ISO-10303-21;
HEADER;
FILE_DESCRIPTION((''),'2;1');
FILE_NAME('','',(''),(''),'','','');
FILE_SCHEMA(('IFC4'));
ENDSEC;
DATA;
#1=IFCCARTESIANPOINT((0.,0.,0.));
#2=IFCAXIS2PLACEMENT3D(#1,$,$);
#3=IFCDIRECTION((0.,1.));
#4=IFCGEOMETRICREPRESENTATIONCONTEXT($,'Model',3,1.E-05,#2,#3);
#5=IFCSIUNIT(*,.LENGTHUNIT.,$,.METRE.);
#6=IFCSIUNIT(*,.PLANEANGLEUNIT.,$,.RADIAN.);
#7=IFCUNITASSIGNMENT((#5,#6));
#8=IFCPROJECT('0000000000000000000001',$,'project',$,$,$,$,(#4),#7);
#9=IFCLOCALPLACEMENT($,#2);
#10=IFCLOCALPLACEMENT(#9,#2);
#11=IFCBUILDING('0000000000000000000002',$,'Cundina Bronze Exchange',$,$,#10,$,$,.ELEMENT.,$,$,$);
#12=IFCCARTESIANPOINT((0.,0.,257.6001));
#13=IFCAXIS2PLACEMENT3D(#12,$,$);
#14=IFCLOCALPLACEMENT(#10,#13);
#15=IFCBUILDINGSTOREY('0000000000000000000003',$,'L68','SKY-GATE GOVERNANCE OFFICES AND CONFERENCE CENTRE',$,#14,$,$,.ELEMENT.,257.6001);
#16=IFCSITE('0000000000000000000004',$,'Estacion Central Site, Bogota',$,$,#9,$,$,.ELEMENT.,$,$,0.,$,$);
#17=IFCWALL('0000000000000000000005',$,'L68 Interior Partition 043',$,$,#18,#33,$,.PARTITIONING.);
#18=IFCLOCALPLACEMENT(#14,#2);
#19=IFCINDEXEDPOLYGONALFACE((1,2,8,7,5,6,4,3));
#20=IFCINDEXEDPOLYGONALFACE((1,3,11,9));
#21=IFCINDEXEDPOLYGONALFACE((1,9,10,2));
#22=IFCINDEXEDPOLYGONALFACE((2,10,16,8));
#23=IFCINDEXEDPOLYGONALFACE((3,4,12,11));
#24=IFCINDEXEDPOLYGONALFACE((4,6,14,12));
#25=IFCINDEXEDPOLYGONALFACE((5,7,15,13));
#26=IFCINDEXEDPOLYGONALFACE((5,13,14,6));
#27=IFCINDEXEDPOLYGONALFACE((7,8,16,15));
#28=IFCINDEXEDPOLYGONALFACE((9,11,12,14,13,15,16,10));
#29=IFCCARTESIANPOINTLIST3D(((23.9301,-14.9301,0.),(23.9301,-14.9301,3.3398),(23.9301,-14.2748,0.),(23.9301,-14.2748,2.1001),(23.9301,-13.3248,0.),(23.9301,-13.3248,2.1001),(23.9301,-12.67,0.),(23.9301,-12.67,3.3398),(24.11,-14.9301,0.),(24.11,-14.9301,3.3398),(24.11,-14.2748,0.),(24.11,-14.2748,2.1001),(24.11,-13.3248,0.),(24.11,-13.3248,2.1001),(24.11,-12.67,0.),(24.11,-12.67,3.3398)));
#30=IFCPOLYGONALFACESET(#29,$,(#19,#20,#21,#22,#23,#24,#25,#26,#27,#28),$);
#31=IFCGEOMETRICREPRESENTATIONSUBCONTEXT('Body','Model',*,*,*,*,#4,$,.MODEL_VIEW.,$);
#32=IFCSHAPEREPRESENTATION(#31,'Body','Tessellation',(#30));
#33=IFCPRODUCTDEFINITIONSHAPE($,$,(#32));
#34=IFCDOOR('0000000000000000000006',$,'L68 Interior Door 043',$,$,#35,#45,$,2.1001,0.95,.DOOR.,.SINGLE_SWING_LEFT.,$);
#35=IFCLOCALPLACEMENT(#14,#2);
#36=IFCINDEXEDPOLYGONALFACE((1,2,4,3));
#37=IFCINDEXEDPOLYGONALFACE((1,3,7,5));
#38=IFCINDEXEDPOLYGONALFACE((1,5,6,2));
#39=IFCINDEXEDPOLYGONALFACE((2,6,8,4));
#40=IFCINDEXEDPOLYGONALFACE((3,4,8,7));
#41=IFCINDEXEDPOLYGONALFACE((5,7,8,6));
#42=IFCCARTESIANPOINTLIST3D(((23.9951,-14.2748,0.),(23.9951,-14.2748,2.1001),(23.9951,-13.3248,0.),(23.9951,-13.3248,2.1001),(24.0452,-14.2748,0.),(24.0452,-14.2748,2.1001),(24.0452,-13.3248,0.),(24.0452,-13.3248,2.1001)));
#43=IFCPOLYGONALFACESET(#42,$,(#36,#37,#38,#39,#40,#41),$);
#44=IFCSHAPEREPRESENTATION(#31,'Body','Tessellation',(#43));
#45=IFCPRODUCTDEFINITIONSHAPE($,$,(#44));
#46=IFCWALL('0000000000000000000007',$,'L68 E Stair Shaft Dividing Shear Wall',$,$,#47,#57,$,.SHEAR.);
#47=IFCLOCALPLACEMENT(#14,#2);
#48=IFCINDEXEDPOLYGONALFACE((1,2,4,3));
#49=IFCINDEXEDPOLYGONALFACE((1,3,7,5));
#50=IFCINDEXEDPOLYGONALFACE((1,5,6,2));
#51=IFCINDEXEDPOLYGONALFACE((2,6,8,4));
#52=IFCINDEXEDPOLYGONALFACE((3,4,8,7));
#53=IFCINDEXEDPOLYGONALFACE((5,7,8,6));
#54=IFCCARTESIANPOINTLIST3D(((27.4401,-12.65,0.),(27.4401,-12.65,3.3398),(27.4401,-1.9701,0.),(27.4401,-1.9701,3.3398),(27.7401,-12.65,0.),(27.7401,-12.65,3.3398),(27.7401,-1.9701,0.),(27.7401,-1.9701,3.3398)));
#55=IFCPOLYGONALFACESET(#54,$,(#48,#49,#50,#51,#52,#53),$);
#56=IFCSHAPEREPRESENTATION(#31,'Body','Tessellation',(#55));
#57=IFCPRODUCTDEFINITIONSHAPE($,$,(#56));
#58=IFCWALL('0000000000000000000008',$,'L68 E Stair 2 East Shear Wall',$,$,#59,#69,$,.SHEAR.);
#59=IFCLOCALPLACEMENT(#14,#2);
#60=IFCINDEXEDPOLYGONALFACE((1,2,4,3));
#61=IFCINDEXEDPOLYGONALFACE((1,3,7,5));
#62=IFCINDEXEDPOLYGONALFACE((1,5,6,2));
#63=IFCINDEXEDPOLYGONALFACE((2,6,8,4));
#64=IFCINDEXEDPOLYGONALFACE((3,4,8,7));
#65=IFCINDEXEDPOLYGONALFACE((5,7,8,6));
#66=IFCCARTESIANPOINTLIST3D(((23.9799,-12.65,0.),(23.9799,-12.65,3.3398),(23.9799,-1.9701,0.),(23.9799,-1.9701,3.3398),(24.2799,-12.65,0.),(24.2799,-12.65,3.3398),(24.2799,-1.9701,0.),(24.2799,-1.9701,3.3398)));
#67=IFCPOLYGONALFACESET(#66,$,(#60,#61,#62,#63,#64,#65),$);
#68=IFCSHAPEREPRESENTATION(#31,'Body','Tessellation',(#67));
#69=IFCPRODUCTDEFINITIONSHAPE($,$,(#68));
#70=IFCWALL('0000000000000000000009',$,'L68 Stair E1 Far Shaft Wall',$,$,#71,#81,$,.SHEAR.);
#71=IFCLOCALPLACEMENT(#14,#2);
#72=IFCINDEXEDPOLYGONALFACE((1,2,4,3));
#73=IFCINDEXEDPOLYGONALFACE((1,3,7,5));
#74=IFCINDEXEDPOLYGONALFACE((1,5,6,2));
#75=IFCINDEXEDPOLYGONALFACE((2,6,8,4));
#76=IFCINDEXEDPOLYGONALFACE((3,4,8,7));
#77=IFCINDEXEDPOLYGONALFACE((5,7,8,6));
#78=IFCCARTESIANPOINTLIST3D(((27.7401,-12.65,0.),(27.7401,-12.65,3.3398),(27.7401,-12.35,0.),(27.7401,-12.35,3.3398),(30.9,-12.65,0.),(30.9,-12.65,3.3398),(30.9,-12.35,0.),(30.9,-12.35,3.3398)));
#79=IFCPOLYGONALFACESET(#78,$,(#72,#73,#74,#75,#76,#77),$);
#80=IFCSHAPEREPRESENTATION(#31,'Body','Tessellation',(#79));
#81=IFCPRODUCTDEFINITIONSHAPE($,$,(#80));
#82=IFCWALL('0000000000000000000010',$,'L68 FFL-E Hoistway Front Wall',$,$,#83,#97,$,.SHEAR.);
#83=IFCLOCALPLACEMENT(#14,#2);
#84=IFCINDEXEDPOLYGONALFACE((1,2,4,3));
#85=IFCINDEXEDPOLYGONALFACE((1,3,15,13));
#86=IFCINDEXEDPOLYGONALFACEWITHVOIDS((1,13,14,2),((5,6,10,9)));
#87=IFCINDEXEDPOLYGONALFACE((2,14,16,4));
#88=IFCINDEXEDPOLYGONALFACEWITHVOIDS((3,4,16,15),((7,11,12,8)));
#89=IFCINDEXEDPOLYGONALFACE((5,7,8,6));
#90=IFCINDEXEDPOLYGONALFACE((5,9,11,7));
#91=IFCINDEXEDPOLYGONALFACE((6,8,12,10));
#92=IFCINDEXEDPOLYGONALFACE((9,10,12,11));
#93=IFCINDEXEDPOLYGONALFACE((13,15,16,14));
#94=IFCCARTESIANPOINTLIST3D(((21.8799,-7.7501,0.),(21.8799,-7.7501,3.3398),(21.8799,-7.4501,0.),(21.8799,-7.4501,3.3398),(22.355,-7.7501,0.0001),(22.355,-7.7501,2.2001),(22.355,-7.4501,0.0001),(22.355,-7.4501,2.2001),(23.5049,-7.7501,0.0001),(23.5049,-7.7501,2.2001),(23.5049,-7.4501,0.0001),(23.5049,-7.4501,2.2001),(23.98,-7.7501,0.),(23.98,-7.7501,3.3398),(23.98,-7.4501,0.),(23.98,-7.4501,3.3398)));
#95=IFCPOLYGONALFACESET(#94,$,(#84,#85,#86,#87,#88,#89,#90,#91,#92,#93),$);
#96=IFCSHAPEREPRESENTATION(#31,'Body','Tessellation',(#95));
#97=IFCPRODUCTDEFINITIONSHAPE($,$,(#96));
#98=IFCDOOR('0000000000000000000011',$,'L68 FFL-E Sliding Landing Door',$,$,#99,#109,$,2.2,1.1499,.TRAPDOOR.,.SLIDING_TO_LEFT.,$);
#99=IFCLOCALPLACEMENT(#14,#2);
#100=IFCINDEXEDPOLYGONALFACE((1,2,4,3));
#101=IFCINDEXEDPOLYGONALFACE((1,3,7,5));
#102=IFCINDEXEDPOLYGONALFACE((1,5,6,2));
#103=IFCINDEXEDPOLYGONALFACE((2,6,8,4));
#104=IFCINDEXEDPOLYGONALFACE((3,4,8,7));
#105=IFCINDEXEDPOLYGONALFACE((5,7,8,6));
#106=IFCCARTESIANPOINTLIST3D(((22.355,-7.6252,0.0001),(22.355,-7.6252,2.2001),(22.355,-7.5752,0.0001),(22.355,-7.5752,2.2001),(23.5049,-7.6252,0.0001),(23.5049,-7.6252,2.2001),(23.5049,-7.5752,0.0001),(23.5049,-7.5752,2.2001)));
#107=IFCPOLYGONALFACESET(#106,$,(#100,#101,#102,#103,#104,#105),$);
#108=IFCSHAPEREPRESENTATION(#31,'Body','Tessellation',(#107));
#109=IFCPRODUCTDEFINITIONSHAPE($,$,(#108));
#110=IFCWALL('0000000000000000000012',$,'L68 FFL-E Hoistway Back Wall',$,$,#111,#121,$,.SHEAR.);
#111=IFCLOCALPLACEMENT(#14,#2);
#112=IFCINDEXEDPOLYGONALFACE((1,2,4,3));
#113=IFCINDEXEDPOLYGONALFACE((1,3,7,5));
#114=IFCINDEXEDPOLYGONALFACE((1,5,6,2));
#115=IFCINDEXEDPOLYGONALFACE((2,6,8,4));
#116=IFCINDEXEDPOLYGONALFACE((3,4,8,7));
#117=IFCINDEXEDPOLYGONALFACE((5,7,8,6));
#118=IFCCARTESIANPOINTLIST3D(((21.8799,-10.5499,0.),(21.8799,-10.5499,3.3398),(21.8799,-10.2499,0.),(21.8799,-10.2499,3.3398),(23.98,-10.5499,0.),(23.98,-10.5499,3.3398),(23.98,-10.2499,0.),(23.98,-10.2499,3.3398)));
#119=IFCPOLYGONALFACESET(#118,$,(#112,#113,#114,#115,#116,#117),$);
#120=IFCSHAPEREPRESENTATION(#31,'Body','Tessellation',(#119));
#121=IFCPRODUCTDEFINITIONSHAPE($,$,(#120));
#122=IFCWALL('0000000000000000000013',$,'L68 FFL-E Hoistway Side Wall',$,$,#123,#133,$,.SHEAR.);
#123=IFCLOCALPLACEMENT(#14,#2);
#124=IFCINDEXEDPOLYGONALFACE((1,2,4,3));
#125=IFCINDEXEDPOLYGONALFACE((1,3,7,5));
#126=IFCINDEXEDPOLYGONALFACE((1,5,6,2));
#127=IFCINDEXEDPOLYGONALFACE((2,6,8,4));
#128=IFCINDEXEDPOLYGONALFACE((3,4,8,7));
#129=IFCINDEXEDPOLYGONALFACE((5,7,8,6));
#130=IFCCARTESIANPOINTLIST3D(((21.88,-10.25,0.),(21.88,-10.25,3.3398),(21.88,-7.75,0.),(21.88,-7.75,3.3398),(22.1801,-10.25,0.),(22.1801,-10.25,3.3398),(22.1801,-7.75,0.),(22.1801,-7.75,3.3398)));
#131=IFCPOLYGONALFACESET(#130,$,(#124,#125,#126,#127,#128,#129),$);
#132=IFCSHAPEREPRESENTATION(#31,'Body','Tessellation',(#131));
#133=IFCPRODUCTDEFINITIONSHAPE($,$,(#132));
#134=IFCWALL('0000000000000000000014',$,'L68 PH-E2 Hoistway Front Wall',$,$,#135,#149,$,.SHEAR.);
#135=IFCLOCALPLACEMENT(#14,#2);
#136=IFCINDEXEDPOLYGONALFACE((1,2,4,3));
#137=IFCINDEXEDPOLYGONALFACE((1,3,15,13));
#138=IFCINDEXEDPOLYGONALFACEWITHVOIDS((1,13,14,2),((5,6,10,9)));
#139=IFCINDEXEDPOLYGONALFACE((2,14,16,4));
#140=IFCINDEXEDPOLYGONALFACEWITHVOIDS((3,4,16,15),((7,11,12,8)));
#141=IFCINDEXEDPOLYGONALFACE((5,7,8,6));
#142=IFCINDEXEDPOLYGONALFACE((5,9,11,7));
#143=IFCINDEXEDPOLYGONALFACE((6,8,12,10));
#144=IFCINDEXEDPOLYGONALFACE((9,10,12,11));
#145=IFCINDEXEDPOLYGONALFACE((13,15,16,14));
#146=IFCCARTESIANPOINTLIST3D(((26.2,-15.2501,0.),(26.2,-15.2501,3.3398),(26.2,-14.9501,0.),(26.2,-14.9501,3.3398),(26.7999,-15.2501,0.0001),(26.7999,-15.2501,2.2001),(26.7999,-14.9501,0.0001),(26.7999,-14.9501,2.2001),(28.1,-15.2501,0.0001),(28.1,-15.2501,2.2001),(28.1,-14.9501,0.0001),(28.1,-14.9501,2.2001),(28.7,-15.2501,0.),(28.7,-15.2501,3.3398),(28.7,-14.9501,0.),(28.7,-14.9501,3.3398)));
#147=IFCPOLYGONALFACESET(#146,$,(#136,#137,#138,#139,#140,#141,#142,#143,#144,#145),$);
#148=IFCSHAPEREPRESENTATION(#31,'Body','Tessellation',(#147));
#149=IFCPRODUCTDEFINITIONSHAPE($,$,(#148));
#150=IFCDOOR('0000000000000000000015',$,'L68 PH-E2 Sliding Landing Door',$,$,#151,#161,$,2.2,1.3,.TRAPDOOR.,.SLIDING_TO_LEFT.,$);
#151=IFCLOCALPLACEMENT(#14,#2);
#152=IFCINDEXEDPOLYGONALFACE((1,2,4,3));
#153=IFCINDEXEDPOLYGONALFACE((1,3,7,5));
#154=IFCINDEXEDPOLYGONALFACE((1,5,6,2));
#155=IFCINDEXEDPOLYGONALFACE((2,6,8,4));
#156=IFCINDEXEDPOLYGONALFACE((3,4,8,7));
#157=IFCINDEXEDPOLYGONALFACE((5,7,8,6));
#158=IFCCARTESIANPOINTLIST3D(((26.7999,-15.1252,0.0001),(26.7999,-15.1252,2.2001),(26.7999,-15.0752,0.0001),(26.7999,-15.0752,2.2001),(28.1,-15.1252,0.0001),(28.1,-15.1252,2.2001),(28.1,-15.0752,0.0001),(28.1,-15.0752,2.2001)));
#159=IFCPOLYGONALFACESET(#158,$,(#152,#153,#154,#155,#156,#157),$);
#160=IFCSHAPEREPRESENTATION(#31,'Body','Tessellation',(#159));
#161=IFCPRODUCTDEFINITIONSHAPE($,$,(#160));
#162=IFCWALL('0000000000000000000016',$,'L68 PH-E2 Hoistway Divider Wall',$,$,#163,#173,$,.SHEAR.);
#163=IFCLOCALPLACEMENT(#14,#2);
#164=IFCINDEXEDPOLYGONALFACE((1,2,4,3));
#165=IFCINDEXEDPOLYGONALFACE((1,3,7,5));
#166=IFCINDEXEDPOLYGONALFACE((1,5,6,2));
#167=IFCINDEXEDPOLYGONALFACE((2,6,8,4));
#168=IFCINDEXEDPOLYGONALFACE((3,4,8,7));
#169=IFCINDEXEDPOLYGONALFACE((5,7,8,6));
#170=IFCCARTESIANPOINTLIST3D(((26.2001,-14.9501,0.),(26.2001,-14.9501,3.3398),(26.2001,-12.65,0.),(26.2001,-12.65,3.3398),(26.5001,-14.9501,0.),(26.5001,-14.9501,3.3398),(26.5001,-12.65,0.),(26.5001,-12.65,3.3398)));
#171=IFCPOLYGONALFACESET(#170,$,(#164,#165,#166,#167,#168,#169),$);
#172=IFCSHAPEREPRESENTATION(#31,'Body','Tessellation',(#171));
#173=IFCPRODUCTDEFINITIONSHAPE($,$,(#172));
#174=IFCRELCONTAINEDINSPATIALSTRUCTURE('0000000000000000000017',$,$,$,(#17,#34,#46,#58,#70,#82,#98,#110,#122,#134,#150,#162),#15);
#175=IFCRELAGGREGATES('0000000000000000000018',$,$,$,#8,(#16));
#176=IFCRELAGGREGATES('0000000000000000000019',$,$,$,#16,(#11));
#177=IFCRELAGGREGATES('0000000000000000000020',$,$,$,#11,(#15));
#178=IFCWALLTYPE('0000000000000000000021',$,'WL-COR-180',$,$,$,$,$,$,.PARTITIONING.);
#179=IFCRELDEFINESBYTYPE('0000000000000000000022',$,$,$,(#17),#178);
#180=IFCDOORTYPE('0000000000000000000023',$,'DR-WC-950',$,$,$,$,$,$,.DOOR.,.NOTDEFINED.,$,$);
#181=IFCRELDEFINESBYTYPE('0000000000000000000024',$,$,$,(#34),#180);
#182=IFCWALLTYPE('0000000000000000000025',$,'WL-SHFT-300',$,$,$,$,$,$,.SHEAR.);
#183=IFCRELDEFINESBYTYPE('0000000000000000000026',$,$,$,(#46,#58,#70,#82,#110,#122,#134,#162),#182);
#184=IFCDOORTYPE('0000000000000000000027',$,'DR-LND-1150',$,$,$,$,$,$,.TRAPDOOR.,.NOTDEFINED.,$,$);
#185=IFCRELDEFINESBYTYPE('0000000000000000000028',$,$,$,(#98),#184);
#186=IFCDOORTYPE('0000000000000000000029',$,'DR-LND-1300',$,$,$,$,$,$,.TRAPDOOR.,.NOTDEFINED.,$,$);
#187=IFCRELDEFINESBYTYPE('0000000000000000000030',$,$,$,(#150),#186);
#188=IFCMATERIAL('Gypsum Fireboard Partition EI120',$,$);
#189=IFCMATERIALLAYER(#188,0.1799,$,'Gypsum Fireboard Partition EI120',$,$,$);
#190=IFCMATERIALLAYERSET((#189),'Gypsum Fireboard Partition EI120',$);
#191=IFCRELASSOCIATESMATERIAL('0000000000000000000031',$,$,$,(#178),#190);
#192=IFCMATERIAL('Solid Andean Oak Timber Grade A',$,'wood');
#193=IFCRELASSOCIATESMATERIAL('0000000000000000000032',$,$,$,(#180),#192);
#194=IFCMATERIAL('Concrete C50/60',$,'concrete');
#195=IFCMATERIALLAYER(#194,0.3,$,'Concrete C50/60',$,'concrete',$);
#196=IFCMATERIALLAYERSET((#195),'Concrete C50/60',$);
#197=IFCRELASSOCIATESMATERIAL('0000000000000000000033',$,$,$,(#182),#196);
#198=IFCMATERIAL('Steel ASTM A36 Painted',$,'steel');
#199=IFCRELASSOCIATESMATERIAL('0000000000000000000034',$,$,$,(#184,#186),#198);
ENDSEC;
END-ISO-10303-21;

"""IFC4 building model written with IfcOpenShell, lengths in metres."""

from ifc_helpers import new_model, si_unit, direction, frame, frame_2d, origin, place, context, subcontext, project, spatial, rectangle, extrude, material, layer, layer_set, type_object, element, fill, save


model = new_model("IFC4")

# Units and contexts
model_context = context("Model", 3, precision=1e-05, world=origin(), true_north=direction((0.0, 1.0)))
body_context = subcontext(model_context, "Body", "Model", "MODEL_VIEW")
ifc_project = project(units=[si_unit("LENGTHUNIT", "METRE"), si_unit("PLANEANGLEUNIT", "RADIAN")], contexts=[model_context])

# Site, building, storey
site_placement = place(None, origin())
site = spatial("IfcSite", under=ifc_project, at=site_placement, Name="Estacion Central Site, Bogota", CompositionType="ELEMENT", RefElevation=0.0)
building_placement = place(site_placement, origin())
building = spatial("IfcBuilding", under=site, at=building_placement, Name="Cundina Bronze Exchange", CompositionType="ELEMENT")
storey_placement = place(building_placement, frame((0.0, 0.0, 257.6001)))
storey = spatial("IfcBuildingStorey", under=building, at=storey_placement, Name="L68", Description="SKY-GATE GOVERNANCE OFFICES AND CONFERENCE CENTRE", CompositionType="ELEMENT", Elevation=257.6001)

# Shared definitions
ifc_material_1 = material(Name="Concrete C50/60", Category="concrete")

# Shared definitions
ifc_material_2 = material(Name="Gypsum Fireboard Partition EI120")
ifc_layer_1 = layer(ifc_material_2, 0.1799, Name="Gypsum Fireboard Partition EI120")
ifc_layer_set_1 = layer_set([ifc_layer_1], Name="Gypsum Fireboard Partition EI120")
wall_type_1 = type_object("IfcWallType", Name="WL-COR-180", PredefinedType="PARTITIONING", material=ifc_layer_set_1)

# Wall, opening, door
wall_1_placement = place(storey_placement, frame((24.02, -14.9299, 0.0), z_axis=(0.0, 0.0, 1.0), x_axis=(0.0, 1.0, 0.0)))
wall_1 = element("IfcWall", 1, at=wall_1_placement, inside=storey, type_object=wall_type_1, Name="L68 Interior Partition 043", PredefinedType="PARTITIONING", context=body_context, shape_type="SweptSolid", body=[
    extrude(rectangle(XDim=2.26, YDim=0.1799, at=frame_2d((1.1299, 0.0))), origin(), (0.0, 0.0, 1.0), 3.3398),
])
opening_1_placement = place(wall_1_placement, frame((0.655, 0.0, 0.0)))
opening_1 = element("IfcOpeningElement", 2, at=opening_1_placement, cuts=wall_1, PredefinedType="OPENING", context=body_context, shape_type="SweptSolid", body=[
    extrude(rectangle(XDim=0.95, YDim=2.1001, at=frame_2d((0.4751, 1.05))), frame((0.0, 0.0999, 0.0), z_axis=(0.0, -1.0, 0.0), x_axis=(1.0, 0.0, 0.0)), (0.0, 0.0, 1.0), 0.2),
])
ifc_material_3 = material(Name="Solid Andean Oak Timber Grade A", Category="wood")
door_type_1 = type_object("IfcDoorType", Name="DR-WC-950", OperationType="NOTDEFINED", PredefinedType="DOOR", material=ifc_material_3)
door_1_placement = place(opening_1_placement, origin())
door_1 = element("IfcDoor", 3, at=door_1_placement, inside=storey, type_object=door_type_1, Name="L68 Interior Door 043", OperationType="SINGLE_SWING_LEFT", OverallHeight=2.1001, OverallWidth=0.95, PredefinedType="DOOR", context=body_context, shape_type="SweptSolid", body=[
    extrude(rectangle(XDim=0.95, YDim=2.1001, at=frame_2d((0.4751, 1.05))), frame((0.0, 0.0249, 0.0), z_axis=(0.0, -1.0, 0.0), x_axis=(1.0, 0.0, 0.0)), (0.0, 0.0, 1.0), 0.05),
])
fill(opening_1, door_1)

# Walls
ifc_layer_2 = layer(ifc_material_1, 0.3, Name="Concrete C50/60", Category="concrete")
ifc_layer_set_2 = layer_set([ifc_layer_2], Name="Concrete C50/60")
wall_type_2 = type_object("IfcWallType", Name="WL-SHFT-300", PredefinedType="SHEAR", material=ifc_layer_set_2)
for number, where, z_axis, x_axis, name in (
    (4, (27.5901, -12.6499, 0.0), (0.0, 0.0, 1.0), (0.0, 1.0, 0.0), "L68 E Stair Shaft Dividing Shear Wall"),
    (5, (24.1299, -12.6499, 0.0), (0.0, 0.0, 1.0), (0.0, 1.0, 0.0), "L68 E Stair 2 East Shear Wall"),
):
    element("IfcWall", number, at=place(storey_placement, frame(where, z_axis=z_axis, x_axis=x_axis)), inside=storey, type_object=wall_type_2, Name=name, PredefinedType="SHEAR", context=body_context, shape_type="SweptSolid", body=[
        extrude(rectangle(XDim=10.6799, YDim=0.3, at=frame_2d((5.3398, 0.0))), origin(), (0.0, 0.0, 1.0), 3.3398),
    ])
wall_2_placement = place(storey_placement, frame((27.74, -12.5, 0.0), z_axis=(0.0, 0.0, 1.0), x_axis=(1.0, 0.0, 0.0)))
element("IfcWall", 6, at=wall_2_placement, inside=storey, type_object=wall_type_2, Name="L68 Stair E1 Far Shaft Wall", PredefinedType="SHEAR", context=body_context, shape_type="SweptSolid", body=[
    extrude(rectangle(XDim=3.1599, YDim=0.3, at=frame_2d((1.5801, 0.0))), origin(), (0.0, 0.0, 1.0), 3.3398),
])

# Wall, opening, door
ifc_material_4 = material(Name="Steel ASTM A36 Painted", Category="steel")
wall_3_placement = place(storey_placement, frame((21.8799, -7.6001, 0.0), z_axis=(0.0, 0.0, 1.0), x_axis=(1.0, 0.0, 0.0)))
wall_3 = element("IfcWall", 7, at=wall_3_placement, inside=storey, type_object=wall_type_2, Name="L68 FFL-E Hoistway Front Wall", PredefinedType="SHEAR", context=body_context, shape_type="SweptSolid", body=[
    extrude(rectangle(XDim=2.1001, YDim=0.3, at=frame_2d((1.05, 0.0))), origin(), (0.0, 0.0, 1.0), 3.3398),
])
opening_2_placement = place(wall_3_placement, frame((0.4751, 0.0, 0.0)))
opening_2 = element("IfcOpeningElement", 8, at=opening_2_placement, cuts=wall_3, PredefinedType="OPENING", context=body_context, shape_type="SweptSolid", body=[
    extrude(rectangle(XDim=1.1499, YDim=2.2, at=frame_2d((0.575, 1.1001))), frame((0.0, 0.1599, 0.0), z_axis=(0.0, -1.0, 0.0), x_axis=(1.0, 0.0, 0.0)), (0.0, 0.0, 1.0), 0.3201),
])
door_type_2 = type_object("IfcDoorType", Name="DR-LND-1150", OperationType="NOTDEFINED", PredefinedType="TRAPDOOR", material=ifc_material_4)
door_2_placement = place(opening_2_placement, origin())
door_2 = element("IfcDoor", 9, at=door_2_placement, inside=storey, type_object=door_type_2, Name="L68 FFL-E Sliding Landing Door", OperationType="SLIDING_TO_LEFT", OverallHeight=2.2, OverallWidth=1.1499, PredefinedType="TRAPDOOR", context=body_context, shape_type="SweptSolid", body=[
    extrude(rectangle(XDim=1.1499, YDim=2.2, at=frame_2d((0.575, 1.1001))), frame((0.0, 0.0249, 0.0), z_axis=(0.0, -1.0, 0.0), x_axis=(1.0, 0.0, 0.0)), (0.0, 0.0, 1.0), 0.05),
])
fill(opening_2, door_2)

# Walls
wall_4_placement = place(storey_placement, frame((21.8799, -10.3999, 0.0), z_axis=(0.0, 0.0, 1.0), x_axis=(1.0, 0.0, 0.0)))
element("IfcWall", 10, at=wall_4_placement, inside=storey, type_object=wall_type_2, Name="L68 FFL-E Hoistway Back Wall", PredefinedType="SHEAR", context=body_context, shape_type="SweptSolid", body=[
    extrude(rectangle(XDim=2.1001, YDim=0.3, at=frame_2d((1.05, 0.0))), origin(), (0.0, 0.0, 1.0), 3.3398),
])
wall_5_placement = place(storey_placement, frame((22.03, -10.25, 0.0), z_axis=(0.0, 0.0, 1.0), x_axis=(0.0, 1.0, 0.0)))
element("IfcWall", 11, at=wall_5_placement, inside=storey, type_object=wall_type_2, Name="L68 FFL-E Hoistway Side Wall", PredefinedType="SHEAR", context=body_context, shape_type="SweptSolid", body=[
    extrude(rectangle(XDim=2.5, YDim=0.3, at=frame_2d((1.25, 0.0))), origin(), (0.0, 0.0, 1.0), 3.3398),
])

# Wall, opening, door
wall_6_placement = place(storey_placement, frame((26.2, -15.1001, 0.0), z_axis=(0.0, 0.0, 1.0), x_axis=(1.0, 0.0, 0.0)))
wall_6 = element("IfcWall", 12, at=wall_6_placement, inside=storey, type_object=wall_type_2, Name="L68 PH-E2 Hoistway Front Wall", PredefinedType="SHEAR", context=body_context, shape_type="SweptSolid", body=[
    extrude(rectangle(XDim=2.5, YDim=0.3, at=frame_2d((1.25, 0.0))), origin(), (0.0, 0.0, 1.0), 3.3398),
])
opening_3_placement = place(wall_6_placement, frame((0.6001, 0.0, 0.0)))
opening_3 = element("IfcOpeningElement", 13, at=opening_3_placement, cuts=wall_6, PredefinedType="OPENING", context=body_context, shape_type="SweptSolid", body=[
    extrude(rectangle(XDim=1.3, YDim=2.2, at=frame_2d((0.6499, 1.1001))), frame((0.0, 0.1599, 0.0), z_axis=(0.0, -1.0, 0.0), x_axis=(1.0, 0.0, 0.0)), (0.0, 0.0, 1.0), 0.3201),
])
door_type_3 = type_object("IfcDoorType", Name="DR-LND-1300", OperationType="NOTDEFINED", PredefinedType="TRAPDOOR", material=ifc_material_4)
door_3_placement = place(opening_3_placement, origin())
door_3 = element("IfcDoor", 14, at=door_3_placement, inside=storey, type_object=door_type_3, Name="L68 PH-E2 Sliding Landing Door", OperationType="SLIDING_TO_LEFT", OverallHeight=2.2, OverallWidth=1.3, PredefinedType="TRAPDOOR", context=body_context, shape_type="SweptSolid", body=[
    extrude(rectangle(XDim=1.3, YDim=2.2, at=frame_2d((0.6499, 1.1001))), frame((0.0, 0.0249, 0.0), z_axis=(0.0, -1.0, 0.0), x_axis=(1.0, 0.0, 0.0)), (0.0, 0.0, 1.0), 0.05),
])
fill(opening_3, door_3)

# Wall
wall_7_placement = place(storey_placement, frame((26.3501, -14.95, 0.0), z_axis=(0.0, 0.0, 1.0), x_axis=(0.0, 1.0, 0.0)))
element("IfcWall", 15, at=wall_7_placement, inside=storey, type_object=wall_type_2, Name="L68 PH-E2 Hoistway Divider Wall", PredefinedType="SHEAR", context=body_context, shape_type="SweptSolid", body=[
    extrude(rectangle(XDim=2.3, YDim=0.3, at=frame_2d((1.1499, 0.0))), origin(), (0.0, 0.0, 1.0), 3.3398),
])

save(model, "model.ifc")
